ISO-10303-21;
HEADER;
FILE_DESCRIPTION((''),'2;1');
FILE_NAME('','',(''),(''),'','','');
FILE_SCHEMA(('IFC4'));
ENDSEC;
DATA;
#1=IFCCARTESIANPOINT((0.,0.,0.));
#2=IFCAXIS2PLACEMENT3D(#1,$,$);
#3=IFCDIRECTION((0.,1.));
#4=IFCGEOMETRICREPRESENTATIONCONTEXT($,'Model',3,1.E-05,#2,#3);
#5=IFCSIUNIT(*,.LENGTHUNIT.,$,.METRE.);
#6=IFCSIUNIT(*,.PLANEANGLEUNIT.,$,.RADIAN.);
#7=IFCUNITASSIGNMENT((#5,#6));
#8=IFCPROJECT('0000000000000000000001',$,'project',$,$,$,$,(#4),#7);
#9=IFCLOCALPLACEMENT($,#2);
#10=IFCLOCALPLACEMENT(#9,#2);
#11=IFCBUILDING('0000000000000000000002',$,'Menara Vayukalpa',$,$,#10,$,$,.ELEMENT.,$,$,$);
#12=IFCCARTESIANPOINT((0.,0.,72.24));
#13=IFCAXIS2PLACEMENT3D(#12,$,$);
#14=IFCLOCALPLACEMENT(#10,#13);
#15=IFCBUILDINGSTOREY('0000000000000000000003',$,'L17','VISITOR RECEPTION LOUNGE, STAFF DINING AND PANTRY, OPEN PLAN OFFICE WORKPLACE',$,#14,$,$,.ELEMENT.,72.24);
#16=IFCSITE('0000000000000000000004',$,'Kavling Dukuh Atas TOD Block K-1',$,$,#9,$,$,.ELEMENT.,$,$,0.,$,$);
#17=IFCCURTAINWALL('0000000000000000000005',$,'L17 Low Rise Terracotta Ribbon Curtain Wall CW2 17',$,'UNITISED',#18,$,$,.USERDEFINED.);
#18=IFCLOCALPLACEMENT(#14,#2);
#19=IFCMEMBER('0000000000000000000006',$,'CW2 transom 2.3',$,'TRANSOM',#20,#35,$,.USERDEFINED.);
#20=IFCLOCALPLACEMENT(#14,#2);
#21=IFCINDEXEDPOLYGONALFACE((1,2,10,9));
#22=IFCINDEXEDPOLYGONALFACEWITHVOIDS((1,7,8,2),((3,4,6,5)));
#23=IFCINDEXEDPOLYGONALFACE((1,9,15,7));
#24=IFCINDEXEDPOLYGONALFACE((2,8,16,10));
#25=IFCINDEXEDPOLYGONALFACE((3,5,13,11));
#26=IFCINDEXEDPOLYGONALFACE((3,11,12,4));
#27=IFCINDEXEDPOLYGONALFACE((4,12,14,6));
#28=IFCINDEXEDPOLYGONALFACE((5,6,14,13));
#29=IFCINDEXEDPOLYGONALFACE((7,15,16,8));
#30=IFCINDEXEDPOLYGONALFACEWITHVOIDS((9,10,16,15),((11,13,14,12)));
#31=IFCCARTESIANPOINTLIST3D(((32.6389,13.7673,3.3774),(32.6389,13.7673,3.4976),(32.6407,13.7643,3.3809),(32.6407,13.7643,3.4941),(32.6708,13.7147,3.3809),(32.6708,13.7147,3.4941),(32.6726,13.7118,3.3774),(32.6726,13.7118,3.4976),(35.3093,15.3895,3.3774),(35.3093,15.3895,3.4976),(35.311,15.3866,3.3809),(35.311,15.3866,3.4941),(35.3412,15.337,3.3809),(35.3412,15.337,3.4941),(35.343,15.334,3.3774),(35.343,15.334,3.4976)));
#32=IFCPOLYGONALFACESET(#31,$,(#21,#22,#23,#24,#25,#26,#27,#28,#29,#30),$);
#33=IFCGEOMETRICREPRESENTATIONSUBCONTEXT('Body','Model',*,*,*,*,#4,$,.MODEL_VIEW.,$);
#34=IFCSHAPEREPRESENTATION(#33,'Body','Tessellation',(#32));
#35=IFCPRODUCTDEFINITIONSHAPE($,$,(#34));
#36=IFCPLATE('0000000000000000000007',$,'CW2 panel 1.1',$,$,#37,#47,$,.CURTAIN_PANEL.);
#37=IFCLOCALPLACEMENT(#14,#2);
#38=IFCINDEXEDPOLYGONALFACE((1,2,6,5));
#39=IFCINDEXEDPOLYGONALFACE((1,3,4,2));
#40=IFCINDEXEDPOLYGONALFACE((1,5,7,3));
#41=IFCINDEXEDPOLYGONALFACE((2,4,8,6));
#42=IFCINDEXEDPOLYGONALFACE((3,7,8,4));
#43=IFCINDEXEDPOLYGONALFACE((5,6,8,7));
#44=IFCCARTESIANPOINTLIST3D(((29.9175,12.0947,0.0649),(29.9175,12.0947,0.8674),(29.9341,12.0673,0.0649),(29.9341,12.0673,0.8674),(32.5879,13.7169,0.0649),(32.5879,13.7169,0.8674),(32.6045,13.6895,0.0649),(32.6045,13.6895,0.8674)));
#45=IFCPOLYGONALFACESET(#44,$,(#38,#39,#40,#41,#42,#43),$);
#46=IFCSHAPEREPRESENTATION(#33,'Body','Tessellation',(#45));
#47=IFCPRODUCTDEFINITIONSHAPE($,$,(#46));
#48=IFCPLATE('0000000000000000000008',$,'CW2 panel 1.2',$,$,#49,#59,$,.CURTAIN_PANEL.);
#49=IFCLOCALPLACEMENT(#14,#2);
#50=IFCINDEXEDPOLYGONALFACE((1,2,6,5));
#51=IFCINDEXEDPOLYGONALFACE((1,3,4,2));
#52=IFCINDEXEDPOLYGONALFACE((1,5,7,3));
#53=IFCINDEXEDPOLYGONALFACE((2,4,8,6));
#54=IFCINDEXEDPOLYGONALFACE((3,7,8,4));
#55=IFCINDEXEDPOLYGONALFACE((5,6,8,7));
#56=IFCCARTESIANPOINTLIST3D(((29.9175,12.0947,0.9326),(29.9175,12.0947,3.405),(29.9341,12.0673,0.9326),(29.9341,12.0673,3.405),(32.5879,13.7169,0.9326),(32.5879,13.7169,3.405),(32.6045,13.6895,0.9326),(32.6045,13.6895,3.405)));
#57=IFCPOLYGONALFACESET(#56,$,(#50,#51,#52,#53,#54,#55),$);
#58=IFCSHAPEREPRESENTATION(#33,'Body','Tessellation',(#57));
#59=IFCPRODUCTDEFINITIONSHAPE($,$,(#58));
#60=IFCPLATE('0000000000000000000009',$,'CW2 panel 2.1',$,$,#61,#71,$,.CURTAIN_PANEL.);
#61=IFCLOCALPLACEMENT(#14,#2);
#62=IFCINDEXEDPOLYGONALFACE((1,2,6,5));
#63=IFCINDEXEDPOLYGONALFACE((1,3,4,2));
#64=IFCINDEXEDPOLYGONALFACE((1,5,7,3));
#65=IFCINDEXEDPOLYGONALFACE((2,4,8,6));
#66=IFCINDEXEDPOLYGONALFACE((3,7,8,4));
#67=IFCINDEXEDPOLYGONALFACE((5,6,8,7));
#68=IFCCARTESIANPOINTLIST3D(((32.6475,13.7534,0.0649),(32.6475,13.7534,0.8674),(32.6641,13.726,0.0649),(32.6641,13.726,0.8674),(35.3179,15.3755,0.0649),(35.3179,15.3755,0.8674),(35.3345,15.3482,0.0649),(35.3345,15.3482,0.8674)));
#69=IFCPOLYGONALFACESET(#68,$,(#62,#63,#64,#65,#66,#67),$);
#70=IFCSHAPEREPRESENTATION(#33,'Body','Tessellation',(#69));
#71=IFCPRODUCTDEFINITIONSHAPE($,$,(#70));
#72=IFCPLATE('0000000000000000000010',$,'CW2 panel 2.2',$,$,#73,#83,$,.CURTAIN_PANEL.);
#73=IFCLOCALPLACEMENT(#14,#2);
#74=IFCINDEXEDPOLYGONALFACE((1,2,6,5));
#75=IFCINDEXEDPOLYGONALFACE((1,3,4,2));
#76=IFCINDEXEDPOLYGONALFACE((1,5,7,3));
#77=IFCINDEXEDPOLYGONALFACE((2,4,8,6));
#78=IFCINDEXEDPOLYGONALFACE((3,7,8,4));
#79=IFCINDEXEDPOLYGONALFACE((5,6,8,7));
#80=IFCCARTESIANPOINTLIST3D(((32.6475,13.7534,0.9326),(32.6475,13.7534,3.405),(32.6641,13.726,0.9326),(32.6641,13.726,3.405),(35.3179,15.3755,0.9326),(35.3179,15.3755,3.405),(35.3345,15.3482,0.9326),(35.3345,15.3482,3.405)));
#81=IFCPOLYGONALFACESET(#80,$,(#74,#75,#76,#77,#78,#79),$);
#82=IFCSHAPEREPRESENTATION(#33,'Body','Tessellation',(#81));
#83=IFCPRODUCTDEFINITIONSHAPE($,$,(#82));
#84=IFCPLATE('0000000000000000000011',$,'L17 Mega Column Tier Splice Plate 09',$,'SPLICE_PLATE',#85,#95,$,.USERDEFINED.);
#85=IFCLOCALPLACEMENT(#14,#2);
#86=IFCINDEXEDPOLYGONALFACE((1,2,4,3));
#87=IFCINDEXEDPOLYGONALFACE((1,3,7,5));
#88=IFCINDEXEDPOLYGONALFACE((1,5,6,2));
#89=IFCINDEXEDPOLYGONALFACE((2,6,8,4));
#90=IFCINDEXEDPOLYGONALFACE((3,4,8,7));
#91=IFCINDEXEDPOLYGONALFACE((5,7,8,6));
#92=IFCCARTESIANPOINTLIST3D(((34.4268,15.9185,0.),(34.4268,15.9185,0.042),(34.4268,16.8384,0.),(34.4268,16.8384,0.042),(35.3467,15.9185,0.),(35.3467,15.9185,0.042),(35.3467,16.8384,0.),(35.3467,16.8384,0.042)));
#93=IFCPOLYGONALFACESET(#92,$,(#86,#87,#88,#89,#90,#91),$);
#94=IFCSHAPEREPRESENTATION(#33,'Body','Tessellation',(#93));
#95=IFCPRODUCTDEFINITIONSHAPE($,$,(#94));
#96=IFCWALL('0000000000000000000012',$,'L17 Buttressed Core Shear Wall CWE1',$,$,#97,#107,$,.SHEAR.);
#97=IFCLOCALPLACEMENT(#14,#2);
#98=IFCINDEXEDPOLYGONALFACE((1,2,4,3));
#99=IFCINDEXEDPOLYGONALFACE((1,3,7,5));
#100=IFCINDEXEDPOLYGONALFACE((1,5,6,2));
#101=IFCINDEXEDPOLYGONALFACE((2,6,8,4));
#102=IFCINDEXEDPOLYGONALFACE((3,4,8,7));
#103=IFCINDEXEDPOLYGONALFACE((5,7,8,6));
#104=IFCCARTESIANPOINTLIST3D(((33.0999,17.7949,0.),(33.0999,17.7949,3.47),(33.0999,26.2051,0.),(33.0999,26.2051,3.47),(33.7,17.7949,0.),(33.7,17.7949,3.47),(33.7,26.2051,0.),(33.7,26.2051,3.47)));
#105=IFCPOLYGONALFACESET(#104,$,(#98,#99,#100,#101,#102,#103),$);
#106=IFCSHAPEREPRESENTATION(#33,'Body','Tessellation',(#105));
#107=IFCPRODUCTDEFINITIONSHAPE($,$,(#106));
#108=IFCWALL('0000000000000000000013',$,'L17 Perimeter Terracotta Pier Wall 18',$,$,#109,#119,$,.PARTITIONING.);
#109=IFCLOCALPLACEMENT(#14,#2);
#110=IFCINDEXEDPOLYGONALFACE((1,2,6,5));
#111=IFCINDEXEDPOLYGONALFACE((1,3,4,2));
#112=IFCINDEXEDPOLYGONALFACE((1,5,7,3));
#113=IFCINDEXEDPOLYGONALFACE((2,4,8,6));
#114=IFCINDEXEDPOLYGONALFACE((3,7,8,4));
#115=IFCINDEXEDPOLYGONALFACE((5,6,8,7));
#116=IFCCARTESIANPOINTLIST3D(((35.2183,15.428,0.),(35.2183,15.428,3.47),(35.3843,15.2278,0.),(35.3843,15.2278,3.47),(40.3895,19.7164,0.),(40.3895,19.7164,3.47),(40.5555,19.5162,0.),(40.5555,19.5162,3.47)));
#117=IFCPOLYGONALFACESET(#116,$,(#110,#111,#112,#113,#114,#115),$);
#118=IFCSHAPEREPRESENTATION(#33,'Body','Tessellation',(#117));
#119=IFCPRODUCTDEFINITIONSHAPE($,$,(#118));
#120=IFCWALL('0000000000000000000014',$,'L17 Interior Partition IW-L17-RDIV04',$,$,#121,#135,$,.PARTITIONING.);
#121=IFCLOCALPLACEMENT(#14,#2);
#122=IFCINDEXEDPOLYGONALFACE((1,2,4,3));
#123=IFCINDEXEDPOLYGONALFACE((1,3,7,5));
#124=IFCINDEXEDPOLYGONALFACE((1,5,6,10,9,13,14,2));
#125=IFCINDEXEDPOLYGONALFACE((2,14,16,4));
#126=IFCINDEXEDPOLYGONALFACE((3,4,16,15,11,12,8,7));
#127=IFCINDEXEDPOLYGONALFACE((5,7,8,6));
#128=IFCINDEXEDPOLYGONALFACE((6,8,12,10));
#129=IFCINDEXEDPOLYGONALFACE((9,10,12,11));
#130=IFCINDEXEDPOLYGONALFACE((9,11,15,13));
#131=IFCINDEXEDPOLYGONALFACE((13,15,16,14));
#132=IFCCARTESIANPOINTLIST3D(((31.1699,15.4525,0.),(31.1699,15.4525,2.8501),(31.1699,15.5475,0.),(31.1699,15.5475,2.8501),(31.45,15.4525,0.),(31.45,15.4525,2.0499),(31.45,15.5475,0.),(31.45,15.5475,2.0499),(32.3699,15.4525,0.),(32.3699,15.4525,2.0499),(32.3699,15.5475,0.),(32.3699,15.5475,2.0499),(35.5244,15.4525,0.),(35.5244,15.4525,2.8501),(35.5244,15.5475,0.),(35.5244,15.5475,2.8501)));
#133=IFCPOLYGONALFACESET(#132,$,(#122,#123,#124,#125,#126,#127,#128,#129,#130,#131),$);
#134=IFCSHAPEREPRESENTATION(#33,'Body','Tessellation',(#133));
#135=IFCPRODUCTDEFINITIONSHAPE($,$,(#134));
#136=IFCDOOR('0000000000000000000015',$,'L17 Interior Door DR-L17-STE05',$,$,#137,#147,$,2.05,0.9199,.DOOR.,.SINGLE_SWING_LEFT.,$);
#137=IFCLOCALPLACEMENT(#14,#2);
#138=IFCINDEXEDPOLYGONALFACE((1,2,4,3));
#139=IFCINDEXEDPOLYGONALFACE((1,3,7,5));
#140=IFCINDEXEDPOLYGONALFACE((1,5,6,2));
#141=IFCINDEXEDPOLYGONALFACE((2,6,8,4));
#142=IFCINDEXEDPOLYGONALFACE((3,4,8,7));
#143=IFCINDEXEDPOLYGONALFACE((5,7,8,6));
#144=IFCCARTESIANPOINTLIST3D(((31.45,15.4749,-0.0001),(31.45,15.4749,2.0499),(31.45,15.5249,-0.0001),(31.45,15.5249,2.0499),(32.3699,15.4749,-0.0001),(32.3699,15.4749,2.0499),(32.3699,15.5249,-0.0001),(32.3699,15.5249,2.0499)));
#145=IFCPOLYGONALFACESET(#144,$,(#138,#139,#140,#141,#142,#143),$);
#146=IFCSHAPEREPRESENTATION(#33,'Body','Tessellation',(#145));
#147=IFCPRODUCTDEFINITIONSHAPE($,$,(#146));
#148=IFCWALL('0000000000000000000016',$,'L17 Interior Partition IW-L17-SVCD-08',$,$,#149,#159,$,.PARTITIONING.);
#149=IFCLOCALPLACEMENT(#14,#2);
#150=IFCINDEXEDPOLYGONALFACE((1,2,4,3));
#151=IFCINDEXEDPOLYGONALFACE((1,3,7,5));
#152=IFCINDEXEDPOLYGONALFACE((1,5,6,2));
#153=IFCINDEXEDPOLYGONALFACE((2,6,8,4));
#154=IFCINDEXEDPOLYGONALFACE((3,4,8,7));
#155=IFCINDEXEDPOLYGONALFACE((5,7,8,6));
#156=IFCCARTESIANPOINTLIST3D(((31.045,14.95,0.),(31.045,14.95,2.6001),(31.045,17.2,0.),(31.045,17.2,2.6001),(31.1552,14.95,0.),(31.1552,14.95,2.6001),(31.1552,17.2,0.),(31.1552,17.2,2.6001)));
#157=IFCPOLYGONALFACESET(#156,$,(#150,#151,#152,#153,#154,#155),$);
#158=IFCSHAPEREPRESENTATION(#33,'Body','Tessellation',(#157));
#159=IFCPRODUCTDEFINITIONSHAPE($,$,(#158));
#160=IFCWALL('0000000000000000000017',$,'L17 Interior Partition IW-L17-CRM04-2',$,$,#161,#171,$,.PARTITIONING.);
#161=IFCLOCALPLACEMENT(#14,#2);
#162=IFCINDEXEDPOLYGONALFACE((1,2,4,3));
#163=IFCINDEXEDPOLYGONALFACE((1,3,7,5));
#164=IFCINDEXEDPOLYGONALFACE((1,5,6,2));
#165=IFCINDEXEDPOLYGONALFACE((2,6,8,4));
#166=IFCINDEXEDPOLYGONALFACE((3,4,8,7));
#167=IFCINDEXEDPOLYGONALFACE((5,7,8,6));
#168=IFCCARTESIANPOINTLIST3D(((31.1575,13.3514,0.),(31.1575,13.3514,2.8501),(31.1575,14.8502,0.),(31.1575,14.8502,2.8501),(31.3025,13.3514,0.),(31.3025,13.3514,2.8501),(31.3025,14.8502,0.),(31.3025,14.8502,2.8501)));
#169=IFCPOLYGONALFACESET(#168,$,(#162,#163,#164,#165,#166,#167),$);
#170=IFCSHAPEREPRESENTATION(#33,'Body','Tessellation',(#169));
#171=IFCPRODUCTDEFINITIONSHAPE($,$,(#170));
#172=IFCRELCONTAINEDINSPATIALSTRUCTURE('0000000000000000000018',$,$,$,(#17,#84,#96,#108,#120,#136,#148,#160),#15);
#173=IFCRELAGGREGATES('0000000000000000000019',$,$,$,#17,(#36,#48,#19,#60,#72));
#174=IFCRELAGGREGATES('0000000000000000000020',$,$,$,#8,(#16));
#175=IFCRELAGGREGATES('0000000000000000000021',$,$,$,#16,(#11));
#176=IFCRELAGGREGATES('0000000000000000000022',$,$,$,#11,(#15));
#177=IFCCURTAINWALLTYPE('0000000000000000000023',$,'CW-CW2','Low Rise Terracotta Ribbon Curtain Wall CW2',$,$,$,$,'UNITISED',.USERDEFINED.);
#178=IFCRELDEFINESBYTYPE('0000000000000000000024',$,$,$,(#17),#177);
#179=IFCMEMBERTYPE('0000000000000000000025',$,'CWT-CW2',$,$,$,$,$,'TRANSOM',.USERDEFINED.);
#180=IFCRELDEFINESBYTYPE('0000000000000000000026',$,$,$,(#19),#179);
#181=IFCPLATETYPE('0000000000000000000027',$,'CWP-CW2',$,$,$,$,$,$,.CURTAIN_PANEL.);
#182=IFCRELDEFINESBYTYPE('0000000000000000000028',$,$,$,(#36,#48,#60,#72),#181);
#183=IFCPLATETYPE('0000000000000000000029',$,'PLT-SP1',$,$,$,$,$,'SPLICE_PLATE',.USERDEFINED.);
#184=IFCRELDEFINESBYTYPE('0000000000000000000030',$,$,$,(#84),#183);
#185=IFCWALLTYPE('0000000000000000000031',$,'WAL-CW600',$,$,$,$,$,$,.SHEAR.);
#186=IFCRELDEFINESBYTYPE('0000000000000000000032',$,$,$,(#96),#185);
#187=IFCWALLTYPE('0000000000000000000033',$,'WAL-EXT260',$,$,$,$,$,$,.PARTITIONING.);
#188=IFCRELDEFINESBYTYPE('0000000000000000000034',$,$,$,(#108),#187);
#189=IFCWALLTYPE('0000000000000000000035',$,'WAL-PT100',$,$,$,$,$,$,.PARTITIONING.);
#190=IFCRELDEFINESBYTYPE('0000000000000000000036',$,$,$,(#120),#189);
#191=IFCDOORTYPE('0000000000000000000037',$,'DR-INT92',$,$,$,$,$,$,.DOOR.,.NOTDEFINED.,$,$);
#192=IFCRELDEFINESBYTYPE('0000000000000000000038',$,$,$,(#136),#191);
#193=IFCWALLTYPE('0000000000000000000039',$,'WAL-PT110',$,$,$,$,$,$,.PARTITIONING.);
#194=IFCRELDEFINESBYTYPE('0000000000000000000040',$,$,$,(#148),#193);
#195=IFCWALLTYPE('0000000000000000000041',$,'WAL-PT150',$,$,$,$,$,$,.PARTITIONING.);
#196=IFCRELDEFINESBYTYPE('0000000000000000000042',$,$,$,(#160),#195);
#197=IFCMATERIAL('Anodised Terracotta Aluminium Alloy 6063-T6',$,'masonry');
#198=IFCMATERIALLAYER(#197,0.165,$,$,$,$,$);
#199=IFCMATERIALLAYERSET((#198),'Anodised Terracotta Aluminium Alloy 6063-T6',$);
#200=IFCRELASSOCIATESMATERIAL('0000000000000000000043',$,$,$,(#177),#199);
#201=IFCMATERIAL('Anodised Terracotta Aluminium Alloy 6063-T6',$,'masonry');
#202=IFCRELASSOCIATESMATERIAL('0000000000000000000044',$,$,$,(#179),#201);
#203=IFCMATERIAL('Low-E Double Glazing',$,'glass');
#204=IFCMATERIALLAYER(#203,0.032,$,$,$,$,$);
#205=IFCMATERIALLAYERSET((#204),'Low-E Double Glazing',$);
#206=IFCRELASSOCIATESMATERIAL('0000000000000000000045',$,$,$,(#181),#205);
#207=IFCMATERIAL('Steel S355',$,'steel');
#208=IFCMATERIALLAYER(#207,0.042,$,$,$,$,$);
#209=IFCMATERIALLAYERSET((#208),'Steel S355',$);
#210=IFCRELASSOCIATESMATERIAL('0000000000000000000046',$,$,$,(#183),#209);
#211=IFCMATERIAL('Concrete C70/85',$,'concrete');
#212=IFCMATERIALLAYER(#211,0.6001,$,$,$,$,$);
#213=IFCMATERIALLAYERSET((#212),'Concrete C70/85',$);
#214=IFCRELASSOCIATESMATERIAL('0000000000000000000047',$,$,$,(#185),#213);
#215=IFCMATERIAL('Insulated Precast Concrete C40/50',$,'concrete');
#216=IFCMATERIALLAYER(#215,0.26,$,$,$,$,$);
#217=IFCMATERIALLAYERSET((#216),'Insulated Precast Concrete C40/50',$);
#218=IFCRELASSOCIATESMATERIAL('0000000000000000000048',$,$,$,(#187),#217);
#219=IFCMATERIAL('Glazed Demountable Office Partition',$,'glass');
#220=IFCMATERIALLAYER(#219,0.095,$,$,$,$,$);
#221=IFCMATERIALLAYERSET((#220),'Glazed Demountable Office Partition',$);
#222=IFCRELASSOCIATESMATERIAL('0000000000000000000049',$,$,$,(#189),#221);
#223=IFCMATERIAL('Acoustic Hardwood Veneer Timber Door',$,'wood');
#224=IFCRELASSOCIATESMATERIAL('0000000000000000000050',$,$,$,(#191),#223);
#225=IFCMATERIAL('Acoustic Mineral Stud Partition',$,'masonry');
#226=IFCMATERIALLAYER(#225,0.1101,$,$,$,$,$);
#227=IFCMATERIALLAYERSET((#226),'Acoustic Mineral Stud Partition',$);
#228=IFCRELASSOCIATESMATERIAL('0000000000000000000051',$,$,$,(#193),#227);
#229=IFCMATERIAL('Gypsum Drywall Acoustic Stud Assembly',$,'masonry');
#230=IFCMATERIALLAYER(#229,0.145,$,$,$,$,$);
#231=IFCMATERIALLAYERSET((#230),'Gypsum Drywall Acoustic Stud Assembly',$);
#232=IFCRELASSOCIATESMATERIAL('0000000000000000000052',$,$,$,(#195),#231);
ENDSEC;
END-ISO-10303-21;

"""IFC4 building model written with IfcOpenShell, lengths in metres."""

from ifc_helpers import new_model, si_unit, direction, frame, frame_2d, origin, origin_2d, place, context, subcontext, project, spatial, rectangle, hollow_rectangle, extrude, material, layer, layer_set, material_profile, profile_set, type_object, element, fill, aggregate, save


model = new_model("IFC4")

# Units and contexts
model_context = context("Model", 3, precision=1e-05, world=origin(), true_north=direction((0.0, 1.0)))
body_context = subcontext(model_context, "Body", "Model", "MODEL_VIEW")
ifc_project = project(units=[si_unit("LENGTHUNIT", "METRE"), si_unit("PLANEANGLEUNIT", "RADIAN")], contexts=[model_context])

# Site, building, storey
site_placement = place(None, origin())
site = spatial("IfcSite", under=ifc_project, at=site_placement, Name="Kavling Dukuh Atas TOD Block K-1", CompositionType="ELEMENT", RefElevation=0.0)
building_placement = place(site_placement, origin())
building = spatial("IfcBuilding", under=site, at=building_placement, Name="Menara Vayukalpa", CompositionType="ELEMENT")
storey_placement = place(building_placement, frame((0.0, 0.0, 72.24)))
storey = spatial("IfcBuildingStorey", under=building, at=storey_placement, Name="L17", Description="VISITOR RECEPTION LOUNGE, STAFF DINING AND PANTRY, OPEN PLAN OFFICE WORKPLACE", CompositionType="ELEMENT", Elevation=72.24)

# Curtain wall, member, plates
ifc_material_1 = material(Name="Anodised Terracotta Aluminium Alloy 6063-T6", Category="masonry")
ifc_layer_1 = layer(ifc_material_1, 0.165)
ifc_layer_set_1 = layer_set([ifc_layer_1], Name="Anodised Terracotta Aluminium Alloy 6063-T6")
curtain_wall_type = type_object("IfcCurtainWallType", Name="CW-CW2", Description="Low Rise Terracotta Ribbon Curtain Wall CW2", ElementType="UNITISED", PredefinedType="USERDEFINED", material=ifc_layer_set_1)
curtain_wall_placement = place(storey_placement, origin())
curtain_wall = element("IfcCurtainWall", 1, at=curtain_wall_placement, inside=storey, type_object=curtain_wall_type, Name="L17 Low Rise Terracotta Ribbon Curtain Wall CW2 17", ObjectType="UNITISED", PredefinedType="USERDEFINED")
ifc_material_2 = material(Name="Anodised Terracotta Aluminium Alloy 6063-T6", Category="masonry")
ifc_material_profile_1 = material_profile(ifc_material_2, hollow_rectangle(XDim=0.0649, YDim=0.1201, WallThickness=0.0034, at=origin_2d()), Name="ALU 65x120x3.5")
ifc_profile_set_1 = profile_set([ifc_material_profile_1], Name="Anodised Terracotta Aluminium Alloy 6063-T6")
member_type_1 = type_object("IfcMemberType", Name="CWT-CW2", ElementType="TRANSOM", PredefinedType="USERDEFINED", material=ifc_profile_set_1)
member_1_placement = place(storey_placement, frame((32.6558, 13.7395, 3.4375), z_axis=(0.854646, 0.519211, 0.0), x_axis=(-0.519211, 0.854646, 0.0)))
member_1 = element("IfcMember", 2, at=member_1_placement, type_object=member_type_1, Name="CW2 transom 2.3", ObjectType="TRANSOM", PredefinedType="USERDEFINED", context=body_context, shape_type="SweptSolid", body=[
    extrude(hollow_rectangle(XDim=0.0649, YDim=0.1201, WallThickness=0.0034, at=origin_2d()), origin(), (0.0, 0.0, 1.0), 3.1245),
])
ifc_material_3 = material(Name="Low-E Double Glazing", Category="glass")
ifc_layer_2 = layer(ifc_material_3, 0.032)
ifc_layer_set_2 = layer_set([ifc_layer_2], Name="Low-E Double Glazing")
plate_type_1 = type_object("IfcPlateType", Name="CWP-CW2", PredefinedType="CURTAIN_PANEL", material=ifc_layer_set_2)
plate_1_placement = place(storey_placement, frame((31.261, 12.8921, 0.0649), z_axis=(0.0, 0.0, 1.0), x_axis=(0.854663, 0.519183, 0.0)))
plate_1 = element("IfcPlate", 3, at=plate_1_placement, type_object=plate_type_1, Name="CW2 panel 1.1", PredefinedType="CURTAIN_PANEL", context=body_context, shape_type="SweptSolid", body=[
    extrude(rectangle(XDim=3.1245, YDim=0.032, at=origin_2d()), origin(), (0.0, 0.0, 1.0), 0.8025),
])
plate_2_placement = place(storey_placement, frame((31.261, 12.8921, 0.9326), z_axis=(0.0, 0.0, 1.0), x_axis=(0.854663, 0.519183, 0.0)))
plate_2 = element("IfcPlate", 4, at=plate_2_placement, type_object=plate_type_1, Name="CW2 panel 1.2", PredefinedType="CURTAIN_PANEL", context=body_context, shape_type="SweptSolid", body=[
    extrude(rectangle(XDim=3.1245, YDim=0.032, at=origin_2d()), origin(), (0.0, 0.0, 1.0), 2.4724),
])
plate_3_placement = place(storey_placement, frame((33.991, 14.5508, 0.0649), z_axis=(0.0, 0.0, 1.0), x_axis=(0.854663, 0.519183, 0.0)))
plate_3 = element("IfcPlate", 5, at=plate_3_placement, type_object=plate_type_1, Name="CW2 panel 2.1", PredefinedType="CURTAIN_PANEL", context=body_context, shape_type="SweptSolid", body=[
    extrude(rectangle(XDim=3.1245, YDim=0.032, at=origin_2d()), origin(), (0.0, 0.0, 1.0), 0.8025),
])
plate_4_placement = place(storey_placement, frame((33.991, 14.5508, 0.9326), z_axis=(0.0, 0.0, 1.0), x_axis=(0.854663, 0.519183, 0.0)))
plate_4 = element("IfcPlate", 6, at=plate_4_placement, type_object=plate_type_1, Name="CW2 panel 2.2", PredefinedType="CURTAIN_PANEL", context=body_context, shape_type="SweptSolid", body=[
    extrude(rectangle(XDim=3.1245, YDim=0.032, at=origin_2d()), origin(), (0.0, 0.0, 1.0), 2.4724),
])
aggregate(curtain_wall, [plate_1, plate_2, member_1, plate_3, plate_4])

# Plate
ifc_material_4 = material(Name="Steel S355", Category="steel")
ifc_layer_3 = layer(ifc_material_4, 0.042)
ifc_layer_set_3 = layer_set([ifc_layer_3], Name="Steel S355")
plate_type_2 = type_object("IfcPlateType", Name="PLT-SP1", ElementType="SPLICE_PLATE", PredefinedType="USERDEFINED", material=ifc_layer_set_3)
plate_5_placement = place(storey_placement, frame((34.8867, 16.3784, 0.0), z_axis=(0.0, 0.0, 1.0), x_axis=(1.0, 0.0, 0.0)))
element("IfcPlate", 7, at=plate_5_placement, inside=storey, type_object=plate_type_2, Name="L17 Mega Column Tier Splice Plate 09", ObjectType="SPLICE_PLATE", PredefinedType="USERDEFINED", context=body_context, shape_type="SweptSolid", body=[
    extrude(rectangle(XDim=0.9199, YDim=0.9199, at=origin_2d()), origin(), (0.0, 0.0, 1.0), 0.042),
])

# Walls
ifc_material_5 = material(Name="Concrete C70/85", Category="concrete")
ifc_layer_4 = layer(ifc_material_5, 0.6001)
ifc_layer_set_4 = layer_set([ifc_layer_4], Name="Concrete C70/85")
wall_type_1 = type_object("IfcWallType", Name="WAL-CW600", PredefinedType="SHEAR", material=ifc_layer_set_4)
wall_1_placement = place(storey_placement, frame((33.3999, 17.7949, 0.0), z_axis=(0.0, 0.0, 1.0), x_axis=(0.0, 1.0, 0.0)))
element("IfcWall", 8, at=wall_1_placement, inside=storey, type_object=wall_type_1, Name="L17 Buttressed Core Shear Wall CWE1", PredefinedType="SHEAR", context=body_context, shape_type="SweptSolid", body=[
    extrude(rectangle(XDim=8.4102, YDim=0.6001, at=frame_2d((4.2051, 0.0))), origin(), (0.0, 0.0, 1.0), 3.47),
])
ifc_material_6 = material(Name="Insulated Precast Concrete C40/50", Category="concrete")
ifc_layer_5 = layer(ifc_material_6, 0.26)
ifc_layer_set_5 = layer_set([ifc_layer_5], Name="Insulated Precast Concrete C40/50")
wall_type_2 = type_object("IfcWallType", Name="WAL-EXT260", PredefinedType="PARTITIONING", material=ifc_layer_set_5)
wall_2_placement = place(storey_placement, frame((40.4724, 19.6162, 0.0), z_axis=(0.0, 0.0, 1.0), x_axis=(-0.769753, -0.638342, 0.0)))
element("IfcWall", 9, at=wall_2_placement, inside=storey, type_object=wall_type_2, Name="L17 Perimeter Terracotta Pier Wall 18", PredefinedType="PARTITIONING", context=body_context, shape_type="SweptSolid", body=[
    extrude(rectangle(XDim=6.718, YDim=0.26, at=frame_2d((3.3589, 0.0))), origin(), (0.0, 0.0, 1.0), 3.47),
])

# Wall, opening, door
ifc_material_7 = material(Name="Glazed Demountable Office Partition", Category="glass")
ifc_layer_6 = layer(ifc_material_7, 0.095)
ifc_layer_set_6 = layer_set([ifc_layer_6], Name="Glazed Demountable Office Partition")
wall_type_3 = type_object("IfcWallType", Name="WAL-PT100", PredefinedType="PARTITIONING", material=ifc_layer_set_6)
wall_3_placement = place(storey_placement, frame((31.1699, 15.5, 0.0), z_axis=(0.0, 0.0, 1.0), x_axis=(1.0, 0.0, 0.0)))
wall_3 = element("IfcWall", 10, at=wall_3_placement, inside=storey, type_object=wall_type_3, Name="L17 Interior Partition IW-L17-RDIV04", PredefinedType="PARTITIONING", context=body_context, shape_type="SweptSolid", body=[
    extrude(rectangle(XDim=4.3545, YDim=0.095, at=frame_2d((2.1772, 0.0))), origin(), (0.0, 0.0, 1.0), 2.8501),
])
opening_placement = place(wall_3_placement, frame((0.28, 0.0, 0.0)))
opening = element("IfcOpeningElement", 11, at=opening_placement, cuts=wall_3, PredefinedType="OPENING", context=body_context, shape_type="SweptSolid", body=[
    extrude(rectangle(XDim=0.9199, YDim=2.05, at=frame_2d((0.46, 1.0249))), frame((0.0, 0.0574, 0.0), z_axis=(0.0, -1.0, 0.0), x_axis=(1.0, 0.0, 0.0)), (0.0, 0.0, 1.0), 0.115),
])
ifc_material_8 = material(Name="Acoustic Hardwood Veneer Timber Door", Category="wood")
door_type = type_object("IfcDoorType", Name="DR-INT92", OperationType="NOTDEFINED", PredefinedType="DOOR", material=ifc_material_8)
door_placement = place(opening_placement, origin())
door = element("IfcDoor", 12, at=door_placement, inside=storey, type_object=door_type, Name="L17 Interior Door DR-L17-STE05", OperationType="SINGLE_SWING_LEFT", OverallHeight=2.05, OverallWidth=0.9199, PredefinedType="DOOR", context=body_context, shape_type="SweptSolid", body=[
    extrude(rectangle(XDim=0.9199, YDim=2.05, at=frame_2d((0.46, 1.0249))), frame((0.0, 0.0249, 0.0), z_axis=(0.0, -1.0, 0.0), x_axis=(1.0, 0.0, 0.0)), (0.0, 0.0, 1.0), 0.05),
])
fill(opening, door)

# Walls
ifc_material_9 = material(Name="Acoustic Mineral Stud Partition", Category="masonry")
ifc_layer_7 = layer(ifc_material_9, 0.1101)
ifc_layer_set_7 = layer_set([ifc_layer_7], Name="Acoustic Mineral Stud Partition")
wall_type_4 = type_object("IfcWallType", Name="WAL-PT110", PredefinedType="PARTITIONING", material=ifc_layer_set_7)
wall_4_placement = place(storey_placement, frame((31.1001, 14.95, 0.0), z_axis=(0.0, 0.0, 1.0), x_axis=(0.0, 1.0, 0.0)))
element("IfcWall", 13, at=wall_4_placement, inside=storey, type_object=wall_type_4, Name="L17 Interior Partition IW-L17-SVCD-08", PredefinedType="PARTITIONING", context=body_context, shape_type="SweptSolid", body=[
    extrude(rectangle(XDim=2.25, YDim=0.1101, at=frame_2d((1.125, 0.0))), origin(), (0.0, 0.0, 1.0), 2.6001),
])
ifc_material_10 = material(Name="Gypsum Drywall Acoustic Stud Assembly", Category="masonry")
ifc_layer_8 = layer(ifc_material_10, 0.145)
ifc_layer_set_8 = layer_set([ifc_layer_8], Name="Gypsum Drywall Acoustic Stud Assembly")
wall_type_5 = type_object("IfcWallType", Name="WAL-PT150", PredefinedType="PARTITIONING", material=ifc_layer_set_8)
wall_5_placement = place(storey_placement, frame((31.23, 13.3513, 0.0), z_axis=(0.0, 0.0, 1.0), x_axis=(0.0, 1.0, 0.0)))
element("IfcWall", 14, at=wall_5_placement, inside=storey, type_object=wall_type_5, Name="L17 Interior Partition IW-L17-CRM04-2", PredefinedType="PARTITIONING", context=body_context, shape_type="SweptSolid", body=[
    extrude(rectangle(XDim=1.4988, YDim=0.145, at=frame_2d((0.7495, 0.0))), origin(), (0.0, 0.0, 1.0), 2.8501),
])

save(model, "model.ifc")
